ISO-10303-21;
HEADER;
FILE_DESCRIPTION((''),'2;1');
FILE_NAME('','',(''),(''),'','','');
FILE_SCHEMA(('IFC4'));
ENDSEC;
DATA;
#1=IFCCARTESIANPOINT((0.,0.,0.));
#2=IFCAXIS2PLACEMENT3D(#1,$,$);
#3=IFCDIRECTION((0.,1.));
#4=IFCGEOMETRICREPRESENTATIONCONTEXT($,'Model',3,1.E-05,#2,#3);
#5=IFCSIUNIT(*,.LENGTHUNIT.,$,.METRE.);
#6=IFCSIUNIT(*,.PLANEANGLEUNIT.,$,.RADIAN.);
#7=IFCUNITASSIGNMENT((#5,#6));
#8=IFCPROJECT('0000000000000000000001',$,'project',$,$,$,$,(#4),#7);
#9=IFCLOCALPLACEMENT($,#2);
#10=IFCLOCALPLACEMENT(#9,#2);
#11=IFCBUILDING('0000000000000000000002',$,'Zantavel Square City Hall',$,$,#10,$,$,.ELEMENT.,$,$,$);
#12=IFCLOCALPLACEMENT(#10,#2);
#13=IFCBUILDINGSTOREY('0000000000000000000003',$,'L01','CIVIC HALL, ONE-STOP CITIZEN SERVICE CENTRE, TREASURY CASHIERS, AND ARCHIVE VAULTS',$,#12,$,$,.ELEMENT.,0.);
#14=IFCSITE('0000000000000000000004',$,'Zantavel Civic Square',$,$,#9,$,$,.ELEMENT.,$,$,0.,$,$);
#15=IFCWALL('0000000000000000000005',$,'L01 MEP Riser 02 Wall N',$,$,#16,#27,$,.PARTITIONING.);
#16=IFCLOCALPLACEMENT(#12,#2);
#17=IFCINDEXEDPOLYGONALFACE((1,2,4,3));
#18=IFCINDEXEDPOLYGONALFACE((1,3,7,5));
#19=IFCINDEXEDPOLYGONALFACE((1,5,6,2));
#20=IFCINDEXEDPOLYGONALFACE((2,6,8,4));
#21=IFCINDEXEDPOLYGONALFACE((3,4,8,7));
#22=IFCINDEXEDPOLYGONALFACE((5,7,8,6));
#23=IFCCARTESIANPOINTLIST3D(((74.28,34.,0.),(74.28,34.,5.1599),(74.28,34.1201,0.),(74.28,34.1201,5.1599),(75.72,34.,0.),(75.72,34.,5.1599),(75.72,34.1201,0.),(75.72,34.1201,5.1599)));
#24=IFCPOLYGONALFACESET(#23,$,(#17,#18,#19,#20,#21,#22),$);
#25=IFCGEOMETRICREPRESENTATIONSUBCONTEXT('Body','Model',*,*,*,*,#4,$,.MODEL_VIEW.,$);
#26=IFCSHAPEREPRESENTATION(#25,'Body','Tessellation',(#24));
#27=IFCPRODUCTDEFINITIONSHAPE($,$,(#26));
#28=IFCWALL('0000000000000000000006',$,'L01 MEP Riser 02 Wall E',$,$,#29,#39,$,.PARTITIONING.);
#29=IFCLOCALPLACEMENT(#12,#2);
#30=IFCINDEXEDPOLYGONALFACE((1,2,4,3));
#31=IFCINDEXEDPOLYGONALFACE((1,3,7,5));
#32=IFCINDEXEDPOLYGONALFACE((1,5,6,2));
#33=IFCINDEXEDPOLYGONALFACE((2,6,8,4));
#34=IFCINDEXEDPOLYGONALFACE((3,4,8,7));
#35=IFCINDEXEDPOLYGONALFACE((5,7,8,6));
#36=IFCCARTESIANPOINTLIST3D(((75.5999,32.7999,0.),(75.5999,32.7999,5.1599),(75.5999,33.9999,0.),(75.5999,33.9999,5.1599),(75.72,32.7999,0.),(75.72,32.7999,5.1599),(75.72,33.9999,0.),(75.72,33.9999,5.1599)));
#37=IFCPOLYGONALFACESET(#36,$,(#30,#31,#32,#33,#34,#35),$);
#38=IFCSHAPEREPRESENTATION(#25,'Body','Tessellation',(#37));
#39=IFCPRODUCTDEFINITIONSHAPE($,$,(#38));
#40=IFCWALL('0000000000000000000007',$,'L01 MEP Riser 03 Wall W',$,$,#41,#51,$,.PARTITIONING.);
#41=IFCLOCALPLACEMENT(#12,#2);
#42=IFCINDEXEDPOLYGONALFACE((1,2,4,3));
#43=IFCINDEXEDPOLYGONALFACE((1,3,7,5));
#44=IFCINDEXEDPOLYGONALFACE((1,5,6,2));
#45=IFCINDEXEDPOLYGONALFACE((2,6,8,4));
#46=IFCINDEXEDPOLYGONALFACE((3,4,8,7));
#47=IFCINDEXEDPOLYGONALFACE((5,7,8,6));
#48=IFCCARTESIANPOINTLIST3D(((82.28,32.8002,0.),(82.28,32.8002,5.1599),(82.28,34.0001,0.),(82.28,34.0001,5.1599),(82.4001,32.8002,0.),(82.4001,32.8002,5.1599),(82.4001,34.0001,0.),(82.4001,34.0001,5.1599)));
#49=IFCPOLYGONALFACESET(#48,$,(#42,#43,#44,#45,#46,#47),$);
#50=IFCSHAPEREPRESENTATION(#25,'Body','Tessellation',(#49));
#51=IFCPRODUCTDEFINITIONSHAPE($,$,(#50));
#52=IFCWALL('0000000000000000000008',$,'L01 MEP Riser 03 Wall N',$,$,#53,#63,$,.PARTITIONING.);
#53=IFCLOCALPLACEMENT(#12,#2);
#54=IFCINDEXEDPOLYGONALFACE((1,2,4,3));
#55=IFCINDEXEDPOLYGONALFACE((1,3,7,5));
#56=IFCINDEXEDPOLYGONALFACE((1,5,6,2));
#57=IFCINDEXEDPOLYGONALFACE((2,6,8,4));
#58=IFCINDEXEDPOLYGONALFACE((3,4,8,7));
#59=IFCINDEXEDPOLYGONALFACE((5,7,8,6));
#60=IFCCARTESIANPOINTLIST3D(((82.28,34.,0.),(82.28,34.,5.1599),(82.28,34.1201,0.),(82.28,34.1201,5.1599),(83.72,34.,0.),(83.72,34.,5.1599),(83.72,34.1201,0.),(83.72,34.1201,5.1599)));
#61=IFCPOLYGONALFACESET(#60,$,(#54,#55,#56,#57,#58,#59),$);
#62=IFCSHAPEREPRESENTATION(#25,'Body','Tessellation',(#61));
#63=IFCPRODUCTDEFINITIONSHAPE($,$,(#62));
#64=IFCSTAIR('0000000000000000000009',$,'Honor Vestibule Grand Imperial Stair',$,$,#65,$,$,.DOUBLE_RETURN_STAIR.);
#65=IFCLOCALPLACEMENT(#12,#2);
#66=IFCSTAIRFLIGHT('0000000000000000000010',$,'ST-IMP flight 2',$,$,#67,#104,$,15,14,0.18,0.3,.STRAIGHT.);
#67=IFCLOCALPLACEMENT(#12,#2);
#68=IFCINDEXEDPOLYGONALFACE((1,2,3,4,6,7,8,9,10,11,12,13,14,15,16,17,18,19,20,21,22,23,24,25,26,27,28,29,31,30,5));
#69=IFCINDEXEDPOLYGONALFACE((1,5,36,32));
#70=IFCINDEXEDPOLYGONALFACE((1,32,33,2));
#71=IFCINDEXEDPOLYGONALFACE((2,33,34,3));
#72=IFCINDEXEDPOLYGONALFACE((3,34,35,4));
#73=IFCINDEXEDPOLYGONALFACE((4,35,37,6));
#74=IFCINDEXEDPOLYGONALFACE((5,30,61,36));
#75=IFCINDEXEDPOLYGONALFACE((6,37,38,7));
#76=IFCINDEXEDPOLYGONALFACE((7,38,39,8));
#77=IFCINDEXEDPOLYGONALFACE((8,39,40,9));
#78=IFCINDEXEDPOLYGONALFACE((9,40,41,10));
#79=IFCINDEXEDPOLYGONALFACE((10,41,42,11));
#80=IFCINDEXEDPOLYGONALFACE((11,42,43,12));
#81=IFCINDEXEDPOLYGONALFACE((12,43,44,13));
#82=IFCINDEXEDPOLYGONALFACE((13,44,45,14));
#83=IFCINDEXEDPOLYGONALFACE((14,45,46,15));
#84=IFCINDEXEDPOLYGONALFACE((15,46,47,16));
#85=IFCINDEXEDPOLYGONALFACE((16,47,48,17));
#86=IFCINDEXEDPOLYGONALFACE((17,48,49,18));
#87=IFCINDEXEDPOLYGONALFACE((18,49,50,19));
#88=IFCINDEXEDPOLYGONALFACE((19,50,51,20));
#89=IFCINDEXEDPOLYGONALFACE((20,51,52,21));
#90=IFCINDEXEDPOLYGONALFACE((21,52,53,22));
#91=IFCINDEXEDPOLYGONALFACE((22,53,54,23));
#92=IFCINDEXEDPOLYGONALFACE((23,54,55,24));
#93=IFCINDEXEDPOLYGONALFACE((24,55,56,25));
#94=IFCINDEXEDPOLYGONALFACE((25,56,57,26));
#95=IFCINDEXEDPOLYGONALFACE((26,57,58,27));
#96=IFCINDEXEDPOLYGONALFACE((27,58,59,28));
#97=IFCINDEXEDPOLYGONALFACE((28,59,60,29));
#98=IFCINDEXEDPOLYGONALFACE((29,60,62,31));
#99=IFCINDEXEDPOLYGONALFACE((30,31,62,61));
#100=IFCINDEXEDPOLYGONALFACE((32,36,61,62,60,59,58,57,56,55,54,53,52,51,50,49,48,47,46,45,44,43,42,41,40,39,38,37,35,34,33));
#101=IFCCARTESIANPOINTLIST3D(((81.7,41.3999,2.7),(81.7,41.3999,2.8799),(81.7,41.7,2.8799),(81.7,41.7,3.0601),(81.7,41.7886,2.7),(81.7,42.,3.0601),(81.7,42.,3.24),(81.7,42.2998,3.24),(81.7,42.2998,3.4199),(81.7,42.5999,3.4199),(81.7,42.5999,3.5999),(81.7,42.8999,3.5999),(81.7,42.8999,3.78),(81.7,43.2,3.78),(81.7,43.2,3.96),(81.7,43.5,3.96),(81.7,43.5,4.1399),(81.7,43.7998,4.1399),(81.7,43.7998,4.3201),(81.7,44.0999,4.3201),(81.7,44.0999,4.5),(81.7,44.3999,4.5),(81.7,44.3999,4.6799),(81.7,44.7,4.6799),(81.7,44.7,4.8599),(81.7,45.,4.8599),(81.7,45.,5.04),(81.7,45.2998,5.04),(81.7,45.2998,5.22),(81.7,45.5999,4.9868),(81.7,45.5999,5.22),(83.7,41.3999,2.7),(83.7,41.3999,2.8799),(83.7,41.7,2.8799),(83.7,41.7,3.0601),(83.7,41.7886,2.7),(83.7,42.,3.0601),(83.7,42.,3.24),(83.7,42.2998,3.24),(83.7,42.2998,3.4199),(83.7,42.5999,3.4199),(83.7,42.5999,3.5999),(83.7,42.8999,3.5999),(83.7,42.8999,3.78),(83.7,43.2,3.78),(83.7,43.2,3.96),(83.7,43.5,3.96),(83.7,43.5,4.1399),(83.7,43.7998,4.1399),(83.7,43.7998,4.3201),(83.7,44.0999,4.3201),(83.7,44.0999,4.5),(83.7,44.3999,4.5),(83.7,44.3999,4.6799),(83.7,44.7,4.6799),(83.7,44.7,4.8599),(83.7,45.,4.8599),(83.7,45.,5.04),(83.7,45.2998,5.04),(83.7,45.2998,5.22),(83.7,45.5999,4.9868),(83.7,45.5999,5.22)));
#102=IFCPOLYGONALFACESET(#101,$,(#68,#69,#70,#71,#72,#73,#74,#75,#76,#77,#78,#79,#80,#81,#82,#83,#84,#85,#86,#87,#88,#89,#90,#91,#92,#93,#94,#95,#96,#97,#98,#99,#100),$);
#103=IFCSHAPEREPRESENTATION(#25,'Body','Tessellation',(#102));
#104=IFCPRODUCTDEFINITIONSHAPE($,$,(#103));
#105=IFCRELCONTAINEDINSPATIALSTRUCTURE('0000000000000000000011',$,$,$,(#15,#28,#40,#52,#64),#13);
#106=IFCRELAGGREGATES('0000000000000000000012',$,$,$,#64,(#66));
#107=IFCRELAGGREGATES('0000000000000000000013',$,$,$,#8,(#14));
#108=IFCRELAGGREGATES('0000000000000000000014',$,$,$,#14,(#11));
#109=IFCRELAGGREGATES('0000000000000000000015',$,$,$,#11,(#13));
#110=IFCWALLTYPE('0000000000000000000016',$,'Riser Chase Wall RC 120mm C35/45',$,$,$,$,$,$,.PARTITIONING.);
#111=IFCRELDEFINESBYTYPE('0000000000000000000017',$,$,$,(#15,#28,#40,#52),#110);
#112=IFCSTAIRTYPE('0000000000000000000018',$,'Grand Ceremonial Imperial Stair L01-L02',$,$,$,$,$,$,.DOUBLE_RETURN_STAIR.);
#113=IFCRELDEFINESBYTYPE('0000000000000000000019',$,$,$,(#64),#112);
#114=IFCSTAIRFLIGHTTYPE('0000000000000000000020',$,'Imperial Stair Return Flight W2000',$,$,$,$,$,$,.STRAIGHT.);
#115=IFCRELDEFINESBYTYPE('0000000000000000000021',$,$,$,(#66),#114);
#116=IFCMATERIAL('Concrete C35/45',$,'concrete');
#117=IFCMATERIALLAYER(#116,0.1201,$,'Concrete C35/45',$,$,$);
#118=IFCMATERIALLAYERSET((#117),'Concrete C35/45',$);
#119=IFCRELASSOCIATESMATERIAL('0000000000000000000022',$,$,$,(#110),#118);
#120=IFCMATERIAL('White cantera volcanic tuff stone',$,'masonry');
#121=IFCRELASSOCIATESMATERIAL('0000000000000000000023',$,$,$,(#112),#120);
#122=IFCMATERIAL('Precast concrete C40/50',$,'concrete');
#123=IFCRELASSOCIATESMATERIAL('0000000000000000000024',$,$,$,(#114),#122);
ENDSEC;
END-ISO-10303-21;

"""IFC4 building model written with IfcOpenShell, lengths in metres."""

from ifc_helpers import new_model, si_unit, direction, frame, frame_2d, origin, place, context, subcontext, project, spatial, polyline, rectangle, outline, extrude, material, layer, layer_set, type_object, element, aggregate, save


model = new_model("IFC4")

# Units and contexts
model_context = context("Model", 3, precision=1e-05, world=origin(), true_north=direction((0.0, 1.0)))
body_context = subcontext(model_context, "Body", "Model", "MODEL_VIEW")
ifc_project = project(units=[si_unit("LENGTHUNIT", "METRE"), si_unit("PLANEANGLEUNIT", "RADIAN")], contexts=[model_context])

# Site, building, storey
site_placement = place(None, origin())
site = spatial("IfcSite", under=ifc_project, at=site_placement, Name="Zantavel Civic Square", CompositionType="ELEMENT", RefElevation=0.0)
building_placement = place(site_placement, origin())
building = spatial("IfcBuilding", under=site, at=building_placement, Name="Zantavel Square City Hall", CompositionType="ELEMENT")
storey_placement = place(building_placement, origin())
storey = spatial("IfcBuildingStorey", under=building, at=storey_placement, Name="L01", Description="CIVIC HALL, ONE-STOP CITIZEN SERVICE CENTRE, TREASURY CASHIERS, AND ARCHIVE VAULTS", CompositionType="ELEMENT", Elevation=0.0)

# Shared definitions
ifc_material_1 = material(Name="Concrete C35/45", Category="concrete")

# Walls
ifc_layer_1 = layer(ifc_material_1, 0.1201, Name="Concrete C35/45")
ifc_layer_set_1 = layer_set([ifc_layer_1], Name="Concrete C35/45")
wall_type_1 = type_object("IfcWallType", Name="Riser Chase Wall RC 120mm C35/45", PredefinedType="PARTITIONING", material=ifc_layer_set_1)
wall_1_placement = place(storey_placement, frame((74.28, 34.0601, 0.0), z_axis=(0.0, 0.0, 1.0), x_axis=(1.0, 0.0, 0.0)))
element("IfcWall", 1, at=wall_1_placement, inside=storey, type_object=wall_type_1, Name="L01 MEP Riser 02 Wall N", PredefinedType="PARTITIONING", context=body_context, shape_type="SweptSolid", body=[
    extrude(rectangle(XDim=1.4399, YDim=0.1201, at=frame_2d((0.72, 0.0))), origin(), (0.0, 0.0, 1.0), 5.1599),
])
for number, where, z_axis, x_axis, name in (
    (2, (75.6599, 34.0, 0.0), (0.0, 0.0, 1.0), (0.0, -1.0, 0.0), "L01 MEP Riser 02 Wall E"),
    (3, (82.3401, 32.8, 0.0), (0.0, 0.0, 1.0), (0.0, 1.0, 0.0), "L01 MEP Riser 03 Wall W"),
):
    element("IfcWall", number, at=place(storey_placement, frame(where, z_axis=z_axis, x_axis=x_axis)), inside=storey, type_object=wall_type_1, Name=name, PredefinedType="PARTITIONING", context=body_context, shape_type="SweptSolid", body=[
        extrude(rectangle(XDim=1.2, YDim=0.1201, at=frame_2d((0.6001, 0.0))), origin(), (0.0, 0.0, 1.0), 5.1599),
    ])
wall_2_placement = place(storey_placement, frame((82.28, 34.0601, 0.0), z_axis=(0.0, 0.0, 1.0), x_axis=(1.0, 0.0, 0.0)))
element("IfcWall", 4, at=wall_2_placement, inside=storey, type_object=wall_type_1, Name="L01 MEP Riser 03 Wall N", PredefinedType="PARTITIONING", context=body_context, shape_type="SweptSolid", body=[
    extrude(rectangle(XDim=1.4399, YDim=0.1201, at=frame_2d((0.72, 0.0))), origin(), (0.0, 0.0, 1.0), 5.1599),
])

# Stair, stair flight
ifc_material_2 = material(Name="White cantera volcanic tuff stone", Category="masonry")
stair_type = type_object("IfcStairType", Name="Grand Ceremonial Imperial Stair L01-L02", PredefinedType="DOUBLE_RETURN_STAIR", material=ifc_material_2)
stair_placement = place(storey_placement, origin())
stair = element("IfcStair", 5, at=stair_placement, inside=storey, type_object=stair_type, Name="Honor Vestibule Grand Imperial Stair", PredefinedType="DOUBLE_RETURN_STAIR")
ifc_material_3 = material(Name="Precast concrete C40/50", Category="concrete")
stair_flight_type = type_object("IfcStairFlightType", Name="Imperial Stair Return Flight W2000", PredefinedType="STRAIGHT", material=ifc_material_3)
stair_flight_placement = place(storey_placement, frame((82.7, 41.3999, 2.7), z_axis=(0.0, 0.0, 1.0), x_axis=(0.0, 1.0, 0.0)))
stair_flight = element("IfcStairFlight", 6, at=stair_flight_placement, type_object=stair_flight_type, Name="ST-IMP flight 2", NumberOfRisers=15, NumberOfTreads=14, PredefinedType="STRAIGHT", RiserHeight=0.18, TreadLength=0.3, context=body_context, shape_type="SweptSolid", body=[
    extrude(outline(polyline([(0.0, 0.0), (0.0, 0.1799), (0.3, 0.1799), (0.3, 0.3601), (0.6001, 0.3601), (0.6001, 0.54), (0.8999, 0.54), (0.8999, 0.72), (1.2, 0.72), (1.2, 0.8999), (1.5, 0.8999), (1.5, 1.0801), (1.8, 1.0801), (1.8, 1.26), (2.1001, 1.26), (2.1001, 1.4399), (2.3999, 1.4399), (2.3999, 1.6201), (2.7, 1.6201), (2.7, 1.8), (3.0, 1.8), (3.0, 1.98), (3.3, 1.98), (3.3, 2.1599), (3.6001, 2.1599), (3.6001, 2.3401), (3.8999, 2.3401), (3.8999, 2.52), (4.2, 2.52), (4.2, 2.7), (4.2, 2.2869), (0.3887, 0.0), (0.0, 0.0)])), frame((0.0, 1.0, 0.0), z_axis=(0.0, -1.0, 0.0), x_axis=(1.0, 0.0, 0.0)), (0.0, 0.0, 1.0), 2.0),
])
aggregate(stair, [stair_flight])

save(model, "model.ifc")
